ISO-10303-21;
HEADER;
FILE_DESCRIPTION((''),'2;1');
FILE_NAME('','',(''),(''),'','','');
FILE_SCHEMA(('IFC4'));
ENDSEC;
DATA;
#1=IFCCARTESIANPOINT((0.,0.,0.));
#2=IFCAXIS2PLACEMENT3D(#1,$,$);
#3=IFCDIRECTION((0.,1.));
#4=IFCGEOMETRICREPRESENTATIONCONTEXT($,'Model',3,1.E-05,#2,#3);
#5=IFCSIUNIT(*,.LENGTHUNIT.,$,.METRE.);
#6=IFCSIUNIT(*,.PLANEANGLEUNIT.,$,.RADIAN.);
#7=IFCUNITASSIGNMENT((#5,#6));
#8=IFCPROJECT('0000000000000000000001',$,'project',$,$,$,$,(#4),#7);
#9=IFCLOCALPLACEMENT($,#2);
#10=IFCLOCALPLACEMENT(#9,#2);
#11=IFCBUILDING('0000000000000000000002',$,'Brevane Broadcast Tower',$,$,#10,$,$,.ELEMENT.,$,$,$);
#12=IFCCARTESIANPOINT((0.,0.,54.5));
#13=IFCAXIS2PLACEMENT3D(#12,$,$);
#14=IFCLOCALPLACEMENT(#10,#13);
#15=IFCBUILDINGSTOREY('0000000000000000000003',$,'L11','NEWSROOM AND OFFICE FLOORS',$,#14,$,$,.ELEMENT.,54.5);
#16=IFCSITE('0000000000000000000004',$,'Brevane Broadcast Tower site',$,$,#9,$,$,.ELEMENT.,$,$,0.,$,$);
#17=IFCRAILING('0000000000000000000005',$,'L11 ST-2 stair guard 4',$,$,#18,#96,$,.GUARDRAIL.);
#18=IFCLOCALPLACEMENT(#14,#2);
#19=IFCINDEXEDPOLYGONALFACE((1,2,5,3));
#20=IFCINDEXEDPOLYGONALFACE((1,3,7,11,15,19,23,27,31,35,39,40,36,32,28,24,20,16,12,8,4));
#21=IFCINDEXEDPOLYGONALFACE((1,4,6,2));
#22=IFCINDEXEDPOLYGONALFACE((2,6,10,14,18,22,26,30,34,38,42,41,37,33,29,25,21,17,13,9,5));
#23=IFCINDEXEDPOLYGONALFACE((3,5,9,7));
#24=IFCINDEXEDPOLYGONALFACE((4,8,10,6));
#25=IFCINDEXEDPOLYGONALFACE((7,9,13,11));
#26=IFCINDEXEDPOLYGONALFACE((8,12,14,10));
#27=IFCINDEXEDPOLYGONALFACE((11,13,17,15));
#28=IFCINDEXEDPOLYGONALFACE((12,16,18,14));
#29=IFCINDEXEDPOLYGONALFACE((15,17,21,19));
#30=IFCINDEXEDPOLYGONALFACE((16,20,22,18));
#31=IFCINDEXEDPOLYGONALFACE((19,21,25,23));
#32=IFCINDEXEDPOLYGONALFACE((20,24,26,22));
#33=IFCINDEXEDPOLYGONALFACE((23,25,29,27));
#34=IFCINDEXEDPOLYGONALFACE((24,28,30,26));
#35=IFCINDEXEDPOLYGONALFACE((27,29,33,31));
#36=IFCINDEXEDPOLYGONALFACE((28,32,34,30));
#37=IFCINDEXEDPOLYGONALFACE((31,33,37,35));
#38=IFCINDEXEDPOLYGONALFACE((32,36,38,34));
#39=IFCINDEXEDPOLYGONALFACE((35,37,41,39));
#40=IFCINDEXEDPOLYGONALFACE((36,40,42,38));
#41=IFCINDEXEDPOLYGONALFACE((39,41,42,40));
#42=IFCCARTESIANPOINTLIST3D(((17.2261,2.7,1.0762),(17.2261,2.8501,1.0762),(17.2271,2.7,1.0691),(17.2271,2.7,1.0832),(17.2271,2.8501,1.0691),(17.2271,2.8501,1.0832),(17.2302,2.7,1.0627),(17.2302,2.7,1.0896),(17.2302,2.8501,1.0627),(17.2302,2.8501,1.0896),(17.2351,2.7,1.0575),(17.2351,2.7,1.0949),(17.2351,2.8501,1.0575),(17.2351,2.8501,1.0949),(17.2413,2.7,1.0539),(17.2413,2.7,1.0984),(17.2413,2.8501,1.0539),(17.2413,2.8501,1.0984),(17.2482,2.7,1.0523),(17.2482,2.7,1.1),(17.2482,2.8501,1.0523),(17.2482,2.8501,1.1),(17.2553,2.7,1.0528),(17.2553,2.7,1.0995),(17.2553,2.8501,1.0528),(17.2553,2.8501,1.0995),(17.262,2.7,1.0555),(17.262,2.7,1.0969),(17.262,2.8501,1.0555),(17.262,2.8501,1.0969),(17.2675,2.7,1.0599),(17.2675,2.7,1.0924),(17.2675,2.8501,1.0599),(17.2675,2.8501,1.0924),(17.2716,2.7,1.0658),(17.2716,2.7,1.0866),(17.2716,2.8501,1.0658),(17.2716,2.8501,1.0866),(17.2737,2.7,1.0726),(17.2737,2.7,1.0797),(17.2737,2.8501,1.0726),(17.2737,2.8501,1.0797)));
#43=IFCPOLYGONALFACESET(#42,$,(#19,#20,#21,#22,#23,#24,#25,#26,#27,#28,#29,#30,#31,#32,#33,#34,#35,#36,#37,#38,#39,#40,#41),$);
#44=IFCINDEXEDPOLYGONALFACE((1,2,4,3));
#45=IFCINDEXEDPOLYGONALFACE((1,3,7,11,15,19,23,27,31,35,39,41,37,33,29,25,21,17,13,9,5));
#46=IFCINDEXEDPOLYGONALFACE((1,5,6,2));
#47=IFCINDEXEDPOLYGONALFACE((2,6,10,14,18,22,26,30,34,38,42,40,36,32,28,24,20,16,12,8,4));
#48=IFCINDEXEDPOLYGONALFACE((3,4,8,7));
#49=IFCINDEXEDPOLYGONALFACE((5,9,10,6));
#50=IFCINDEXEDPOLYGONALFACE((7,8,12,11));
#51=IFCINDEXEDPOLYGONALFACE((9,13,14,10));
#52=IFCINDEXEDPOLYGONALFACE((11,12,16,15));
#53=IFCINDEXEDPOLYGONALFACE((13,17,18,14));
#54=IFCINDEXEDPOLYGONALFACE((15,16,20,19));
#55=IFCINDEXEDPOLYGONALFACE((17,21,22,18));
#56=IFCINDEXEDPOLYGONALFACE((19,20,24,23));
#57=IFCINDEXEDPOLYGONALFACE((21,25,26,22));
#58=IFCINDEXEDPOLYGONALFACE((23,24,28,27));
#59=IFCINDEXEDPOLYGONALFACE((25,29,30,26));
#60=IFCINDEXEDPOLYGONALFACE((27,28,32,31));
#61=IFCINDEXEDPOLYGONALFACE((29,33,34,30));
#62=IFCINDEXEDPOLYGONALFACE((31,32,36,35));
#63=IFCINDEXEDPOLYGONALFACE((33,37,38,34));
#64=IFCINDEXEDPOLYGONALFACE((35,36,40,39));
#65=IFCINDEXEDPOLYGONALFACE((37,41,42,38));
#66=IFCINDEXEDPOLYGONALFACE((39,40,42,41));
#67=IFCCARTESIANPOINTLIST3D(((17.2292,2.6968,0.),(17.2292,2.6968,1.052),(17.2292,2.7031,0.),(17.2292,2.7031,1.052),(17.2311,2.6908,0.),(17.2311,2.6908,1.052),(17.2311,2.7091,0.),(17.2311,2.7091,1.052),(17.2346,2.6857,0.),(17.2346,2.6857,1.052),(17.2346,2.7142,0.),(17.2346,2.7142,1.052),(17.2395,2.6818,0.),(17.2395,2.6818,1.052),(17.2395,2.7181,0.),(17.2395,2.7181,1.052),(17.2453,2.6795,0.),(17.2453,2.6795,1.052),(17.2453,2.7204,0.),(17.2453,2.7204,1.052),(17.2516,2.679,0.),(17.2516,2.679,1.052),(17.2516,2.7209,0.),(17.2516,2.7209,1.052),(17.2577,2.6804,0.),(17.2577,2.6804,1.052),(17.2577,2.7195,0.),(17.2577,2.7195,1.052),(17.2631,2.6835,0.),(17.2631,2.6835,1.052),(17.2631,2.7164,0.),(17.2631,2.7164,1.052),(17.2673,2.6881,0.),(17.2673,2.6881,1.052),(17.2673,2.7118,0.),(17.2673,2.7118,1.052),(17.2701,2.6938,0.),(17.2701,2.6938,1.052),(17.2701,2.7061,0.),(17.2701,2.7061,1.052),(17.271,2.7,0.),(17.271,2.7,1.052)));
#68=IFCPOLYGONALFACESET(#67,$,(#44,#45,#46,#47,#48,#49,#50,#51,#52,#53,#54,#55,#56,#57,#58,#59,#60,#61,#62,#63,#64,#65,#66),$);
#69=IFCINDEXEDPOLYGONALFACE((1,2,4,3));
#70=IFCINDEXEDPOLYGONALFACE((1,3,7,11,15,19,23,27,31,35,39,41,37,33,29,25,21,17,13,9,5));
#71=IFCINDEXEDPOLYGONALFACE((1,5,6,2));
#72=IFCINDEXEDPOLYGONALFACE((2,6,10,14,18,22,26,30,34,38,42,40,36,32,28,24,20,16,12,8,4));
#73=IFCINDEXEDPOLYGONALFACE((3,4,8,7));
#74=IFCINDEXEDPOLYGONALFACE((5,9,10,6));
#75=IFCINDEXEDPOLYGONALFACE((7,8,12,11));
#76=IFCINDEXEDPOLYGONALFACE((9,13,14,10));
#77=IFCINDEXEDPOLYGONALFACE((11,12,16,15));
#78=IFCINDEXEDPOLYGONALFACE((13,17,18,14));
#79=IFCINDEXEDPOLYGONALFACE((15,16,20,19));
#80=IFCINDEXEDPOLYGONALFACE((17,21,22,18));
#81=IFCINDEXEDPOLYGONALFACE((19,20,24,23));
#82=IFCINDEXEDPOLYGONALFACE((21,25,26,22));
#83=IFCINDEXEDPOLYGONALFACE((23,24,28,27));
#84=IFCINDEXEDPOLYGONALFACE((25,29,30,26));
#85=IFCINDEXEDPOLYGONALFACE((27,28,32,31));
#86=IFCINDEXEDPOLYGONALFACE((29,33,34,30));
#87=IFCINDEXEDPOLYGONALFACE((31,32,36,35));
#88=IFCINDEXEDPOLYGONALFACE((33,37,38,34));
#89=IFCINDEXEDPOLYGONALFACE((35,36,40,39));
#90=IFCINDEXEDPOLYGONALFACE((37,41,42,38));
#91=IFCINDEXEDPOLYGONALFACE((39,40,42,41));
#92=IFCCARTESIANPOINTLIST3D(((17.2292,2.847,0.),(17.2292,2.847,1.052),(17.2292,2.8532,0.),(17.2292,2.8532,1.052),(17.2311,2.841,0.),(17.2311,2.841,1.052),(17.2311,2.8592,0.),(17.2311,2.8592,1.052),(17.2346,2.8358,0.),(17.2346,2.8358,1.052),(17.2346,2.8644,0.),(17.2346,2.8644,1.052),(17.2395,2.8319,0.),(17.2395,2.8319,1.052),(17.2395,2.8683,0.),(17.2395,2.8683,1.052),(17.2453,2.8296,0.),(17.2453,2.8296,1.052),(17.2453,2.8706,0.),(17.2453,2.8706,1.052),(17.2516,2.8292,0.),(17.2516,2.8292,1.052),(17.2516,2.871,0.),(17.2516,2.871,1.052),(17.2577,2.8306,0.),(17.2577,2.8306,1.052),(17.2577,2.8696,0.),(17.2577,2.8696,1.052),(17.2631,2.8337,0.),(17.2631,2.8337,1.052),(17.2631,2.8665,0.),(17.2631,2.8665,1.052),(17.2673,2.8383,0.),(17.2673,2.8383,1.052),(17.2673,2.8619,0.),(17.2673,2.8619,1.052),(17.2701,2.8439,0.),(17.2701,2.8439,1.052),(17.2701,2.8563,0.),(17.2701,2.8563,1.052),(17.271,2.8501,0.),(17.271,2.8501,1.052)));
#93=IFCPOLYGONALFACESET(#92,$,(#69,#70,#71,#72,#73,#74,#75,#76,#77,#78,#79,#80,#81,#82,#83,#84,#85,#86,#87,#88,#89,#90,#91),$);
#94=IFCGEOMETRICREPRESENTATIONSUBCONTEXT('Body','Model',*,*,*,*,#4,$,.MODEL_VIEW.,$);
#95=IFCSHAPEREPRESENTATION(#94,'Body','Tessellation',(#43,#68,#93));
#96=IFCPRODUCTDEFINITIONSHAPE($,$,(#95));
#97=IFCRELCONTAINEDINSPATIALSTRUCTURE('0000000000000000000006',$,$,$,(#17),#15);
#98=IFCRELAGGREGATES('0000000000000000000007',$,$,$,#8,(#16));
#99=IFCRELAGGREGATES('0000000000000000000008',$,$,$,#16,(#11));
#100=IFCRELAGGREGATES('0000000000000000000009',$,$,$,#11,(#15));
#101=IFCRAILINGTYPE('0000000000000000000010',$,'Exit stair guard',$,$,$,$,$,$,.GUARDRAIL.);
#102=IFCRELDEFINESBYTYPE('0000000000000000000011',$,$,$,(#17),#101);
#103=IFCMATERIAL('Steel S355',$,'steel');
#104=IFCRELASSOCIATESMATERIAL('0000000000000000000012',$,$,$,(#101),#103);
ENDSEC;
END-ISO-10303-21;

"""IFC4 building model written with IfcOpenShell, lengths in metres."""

from ifc_helpers import new_model, si_unit, direction, frame, origin, origin_2d, place, context, subcontext, project, spatial, circle, extrude, material, type_object, element, save


model = new_model("IFC4")

# Units and contexts
model_context = context("Model", 3, precision=1e-05, world=origin(), true_north=direction((0.0, 1.0)))
body_context = subcontext(model_context, "Body", "Model", "MODEL_VIEW")
ifc_project = project(units=[si_unit("LENGTHUNIT", "METRE"), si_unit("PLANEANGLEUNIT", "RADIAN")], contexts=[model_context])

# Site, building, storey
site_placement = place(None, origin())
site = spatial("IfcSite", under=ifc_project, at=site_placement, Name="Brevane Broadcast Tower site", CompositionType="ELEMENT", RefElevation=0.0)
building_placement = place(site_placement, origin())
building = spatial("IfcBuilding", under=site, at=building_placement, Name="Brevane Broadcast Tower", CompositionType="ELEMENT")
storey_placement = place(building_placement, frame((0.0, 0.0, 54.5)))
storey = spatial("IfcBuildingStorey", under=building, at=storey_placement, Name="L11", Description="NEWSROOM AND OFFICE FLOORS", CompositionType="ELEMENT", Elevation=54.5)

# Railing
ifc_material_1 = material(Name="Steel S355", Category="steel")
railing_type = type_object("IfcRailingType", Name="Exit stair guard", PredefinedType="GUARDRAIL", material=ifc_material_1)
railing_placement = place(storey_placement, frame((17.25, 2.7, 0.0)))
element("IfcRailing", 1, at=railing_placement, inside=storey, type_object=railing_type, Name="L11 ST-2 stair guard 4", PredefinedType="GUARDRAIL", context=body_context, shape_type="SweptSolid", body=[
    extrude(circle(Radius=0.0239, at=origin_2d()), frame((0.0, 0.0, 1.0762), z_axis=(0.0, 1.0, 0.0), x_axis=(-1.0, 0.0, 0.0)), (0.0, 0.0, 1.0), 0.1501),
    extrude(circle(Radius=0.021, at=origin_2d()), origin(), (0.0, 0.0, 1.0), 1.052),
    extrude(circle(Radius=0.021, at=origin_2d()), frame((0.0, 0.1501, 0.0)), (0.0, 0.0, 1.0), 1.052),
])

save(model, "model.ifc")
